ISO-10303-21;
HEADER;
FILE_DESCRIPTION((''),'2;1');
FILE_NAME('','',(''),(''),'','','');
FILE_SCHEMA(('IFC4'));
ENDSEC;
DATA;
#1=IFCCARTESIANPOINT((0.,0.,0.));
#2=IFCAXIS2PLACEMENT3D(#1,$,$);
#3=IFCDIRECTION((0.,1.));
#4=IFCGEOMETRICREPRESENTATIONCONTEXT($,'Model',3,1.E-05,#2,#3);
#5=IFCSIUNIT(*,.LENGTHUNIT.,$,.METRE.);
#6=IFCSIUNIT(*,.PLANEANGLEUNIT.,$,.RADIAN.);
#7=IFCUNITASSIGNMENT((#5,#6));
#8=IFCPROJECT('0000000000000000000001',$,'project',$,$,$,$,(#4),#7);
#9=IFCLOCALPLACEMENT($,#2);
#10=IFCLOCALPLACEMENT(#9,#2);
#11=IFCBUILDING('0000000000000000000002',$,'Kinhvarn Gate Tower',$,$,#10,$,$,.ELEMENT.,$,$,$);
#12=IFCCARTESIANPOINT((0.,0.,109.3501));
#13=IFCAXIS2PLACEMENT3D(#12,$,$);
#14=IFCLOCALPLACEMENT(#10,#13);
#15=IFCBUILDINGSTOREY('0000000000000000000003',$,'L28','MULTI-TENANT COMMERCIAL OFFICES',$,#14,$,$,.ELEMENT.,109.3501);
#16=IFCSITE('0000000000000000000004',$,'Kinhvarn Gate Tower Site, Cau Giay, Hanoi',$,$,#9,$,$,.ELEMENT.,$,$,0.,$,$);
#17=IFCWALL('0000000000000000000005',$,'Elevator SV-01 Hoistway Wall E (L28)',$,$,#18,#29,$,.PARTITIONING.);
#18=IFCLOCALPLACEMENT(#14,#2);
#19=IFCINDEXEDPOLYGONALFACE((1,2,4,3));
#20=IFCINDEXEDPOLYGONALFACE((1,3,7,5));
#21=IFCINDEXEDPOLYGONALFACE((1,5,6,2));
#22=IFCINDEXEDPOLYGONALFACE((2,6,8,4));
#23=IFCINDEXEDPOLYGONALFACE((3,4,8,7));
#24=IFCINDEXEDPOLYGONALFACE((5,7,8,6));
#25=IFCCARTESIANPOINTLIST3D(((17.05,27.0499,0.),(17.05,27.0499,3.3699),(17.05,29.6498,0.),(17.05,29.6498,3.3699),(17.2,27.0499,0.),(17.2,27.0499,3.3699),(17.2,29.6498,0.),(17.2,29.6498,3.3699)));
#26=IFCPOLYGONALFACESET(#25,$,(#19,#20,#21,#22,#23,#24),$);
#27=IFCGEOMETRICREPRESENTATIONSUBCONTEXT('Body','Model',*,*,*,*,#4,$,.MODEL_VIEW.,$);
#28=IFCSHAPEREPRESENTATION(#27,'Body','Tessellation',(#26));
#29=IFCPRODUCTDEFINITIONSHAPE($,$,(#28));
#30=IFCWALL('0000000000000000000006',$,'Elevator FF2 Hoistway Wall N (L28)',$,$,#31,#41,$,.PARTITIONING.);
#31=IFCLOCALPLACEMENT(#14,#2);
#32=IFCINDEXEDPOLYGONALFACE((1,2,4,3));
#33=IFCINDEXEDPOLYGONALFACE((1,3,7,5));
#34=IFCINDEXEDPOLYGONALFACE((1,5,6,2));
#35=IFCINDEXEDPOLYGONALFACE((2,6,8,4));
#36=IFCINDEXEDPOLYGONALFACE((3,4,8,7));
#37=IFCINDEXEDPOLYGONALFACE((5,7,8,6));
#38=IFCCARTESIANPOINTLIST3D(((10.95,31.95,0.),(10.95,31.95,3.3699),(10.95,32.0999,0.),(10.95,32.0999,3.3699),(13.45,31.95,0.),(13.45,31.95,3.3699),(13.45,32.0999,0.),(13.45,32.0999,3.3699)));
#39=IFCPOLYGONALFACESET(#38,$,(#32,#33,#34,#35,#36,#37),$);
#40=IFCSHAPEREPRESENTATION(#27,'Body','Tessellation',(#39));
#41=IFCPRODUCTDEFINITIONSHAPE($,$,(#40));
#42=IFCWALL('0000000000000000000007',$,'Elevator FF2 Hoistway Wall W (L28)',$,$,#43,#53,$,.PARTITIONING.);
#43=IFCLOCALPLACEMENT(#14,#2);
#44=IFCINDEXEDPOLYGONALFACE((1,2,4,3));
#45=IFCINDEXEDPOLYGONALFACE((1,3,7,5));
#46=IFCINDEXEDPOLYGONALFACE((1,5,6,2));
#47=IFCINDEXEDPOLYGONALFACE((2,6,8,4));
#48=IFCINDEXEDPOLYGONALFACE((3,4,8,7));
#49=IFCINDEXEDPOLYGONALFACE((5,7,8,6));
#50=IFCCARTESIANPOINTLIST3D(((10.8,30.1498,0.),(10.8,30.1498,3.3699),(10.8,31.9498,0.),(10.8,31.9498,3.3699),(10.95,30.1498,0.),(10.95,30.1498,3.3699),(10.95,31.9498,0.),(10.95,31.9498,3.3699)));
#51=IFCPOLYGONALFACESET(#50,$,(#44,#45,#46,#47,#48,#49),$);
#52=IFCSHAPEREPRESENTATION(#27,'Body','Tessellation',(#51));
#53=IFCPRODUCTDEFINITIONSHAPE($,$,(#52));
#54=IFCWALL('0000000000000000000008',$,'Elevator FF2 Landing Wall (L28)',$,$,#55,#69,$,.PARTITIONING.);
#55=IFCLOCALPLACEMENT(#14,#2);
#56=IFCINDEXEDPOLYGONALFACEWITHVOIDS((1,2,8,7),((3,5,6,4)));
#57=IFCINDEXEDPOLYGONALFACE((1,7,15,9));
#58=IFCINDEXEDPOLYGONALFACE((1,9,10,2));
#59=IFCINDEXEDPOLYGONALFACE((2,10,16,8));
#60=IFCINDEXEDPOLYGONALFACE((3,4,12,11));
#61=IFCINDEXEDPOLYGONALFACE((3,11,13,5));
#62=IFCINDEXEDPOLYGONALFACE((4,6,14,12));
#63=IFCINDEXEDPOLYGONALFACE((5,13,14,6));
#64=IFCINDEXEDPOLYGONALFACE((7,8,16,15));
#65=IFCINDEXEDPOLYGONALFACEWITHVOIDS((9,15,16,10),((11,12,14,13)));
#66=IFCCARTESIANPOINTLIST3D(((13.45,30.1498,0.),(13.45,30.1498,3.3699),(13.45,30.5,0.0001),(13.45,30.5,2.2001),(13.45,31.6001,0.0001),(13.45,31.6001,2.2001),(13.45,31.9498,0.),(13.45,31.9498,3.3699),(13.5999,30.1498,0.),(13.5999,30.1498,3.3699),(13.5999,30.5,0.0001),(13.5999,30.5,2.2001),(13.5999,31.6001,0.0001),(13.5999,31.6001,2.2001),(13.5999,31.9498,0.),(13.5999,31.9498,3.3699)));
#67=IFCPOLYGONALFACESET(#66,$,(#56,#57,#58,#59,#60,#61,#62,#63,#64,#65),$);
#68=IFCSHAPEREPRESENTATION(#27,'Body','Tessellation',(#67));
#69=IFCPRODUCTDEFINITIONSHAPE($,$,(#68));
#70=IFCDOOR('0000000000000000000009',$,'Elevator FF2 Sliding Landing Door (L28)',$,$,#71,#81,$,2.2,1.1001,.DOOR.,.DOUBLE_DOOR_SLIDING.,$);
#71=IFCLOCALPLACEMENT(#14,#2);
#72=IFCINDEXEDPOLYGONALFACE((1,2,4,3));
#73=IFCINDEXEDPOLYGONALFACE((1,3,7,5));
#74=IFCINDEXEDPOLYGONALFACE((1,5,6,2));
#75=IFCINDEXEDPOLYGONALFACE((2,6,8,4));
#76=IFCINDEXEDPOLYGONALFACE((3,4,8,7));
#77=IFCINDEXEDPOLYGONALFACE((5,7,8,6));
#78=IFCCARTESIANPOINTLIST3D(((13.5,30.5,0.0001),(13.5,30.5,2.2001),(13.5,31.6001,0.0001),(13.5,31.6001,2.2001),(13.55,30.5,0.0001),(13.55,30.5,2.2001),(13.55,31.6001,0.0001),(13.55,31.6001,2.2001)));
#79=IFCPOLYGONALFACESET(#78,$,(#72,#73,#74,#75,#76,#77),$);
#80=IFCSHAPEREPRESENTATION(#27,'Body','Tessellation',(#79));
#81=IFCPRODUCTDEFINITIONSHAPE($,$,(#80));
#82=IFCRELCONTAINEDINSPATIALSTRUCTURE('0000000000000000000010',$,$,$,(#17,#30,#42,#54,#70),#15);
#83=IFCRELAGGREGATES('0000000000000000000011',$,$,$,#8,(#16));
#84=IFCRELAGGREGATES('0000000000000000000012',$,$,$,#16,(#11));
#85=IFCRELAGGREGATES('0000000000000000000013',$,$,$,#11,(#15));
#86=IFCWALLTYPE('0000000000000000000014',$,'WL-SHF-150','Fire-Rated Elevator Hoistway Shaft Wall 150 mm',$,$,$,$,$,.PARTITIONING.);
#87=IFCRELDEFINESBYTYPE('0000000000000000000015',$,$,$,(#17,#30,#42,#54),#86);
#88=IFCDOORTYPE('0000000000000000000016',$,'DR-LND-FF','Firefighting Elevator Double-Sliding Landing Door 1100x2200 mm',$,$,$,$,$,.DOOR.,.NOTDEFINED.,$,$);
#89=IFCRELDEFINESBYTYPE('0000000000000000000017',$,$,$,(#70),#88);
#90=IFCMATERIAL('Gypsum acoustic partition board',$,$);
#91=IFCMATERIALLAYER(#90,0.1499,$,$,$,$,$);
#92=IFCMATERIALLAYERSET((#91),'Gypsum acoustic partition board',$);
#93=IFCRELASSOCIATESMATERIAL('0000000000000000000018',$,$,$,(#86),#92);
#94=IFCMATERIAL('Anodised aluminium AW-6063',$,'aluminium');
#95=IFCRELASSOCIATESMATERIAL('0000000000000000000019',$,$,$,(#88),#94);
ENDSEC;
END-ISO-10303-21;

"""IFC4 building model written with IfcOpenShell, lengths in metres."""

from ifc_helpers import new_model, si_unit, direction, frame, frame_2d, origin, place, context, subcontext, project, spatial, rectangle, extrude, material, layer, layer_set, type_object, element, fill, save


model = new_model("IFC4")

# Units and contexts
model_context = context("Model", 3, precision=1e-05, world=origin(), true_north=direction((0.0, 1.0)))
body_context = subcontext(model_context, "Body", "Model", "MODEL_VIEW")
ifc_project = project(units=[si_unit("LENGTHUNIT", "METRE"), si_unit("PLANEANGLEUNIT", "RADIAN")], contexts=[model_context])

# Site, building, storey
site_placement = place(None, origin())
site = spatial("IfcSite", under=ifc_project, at=site_placement, Name="Kinhvarn Gate Tower Site, Cau Giay, Hanoi", CompositionType="ELEMENT", RefElevation=0.0)
building_placement = place(site_placement, origin())
building = spatial("IfcBuilding", under=site, at=building_placement, Name="Kinhvarn Gate Tower", CompositionType="ELEMENT")
storey_placement = place(building_placement, frame((0.0, 0.0, 109.3501)))
storey = spatial("IfcBuildingStorey", under=building, at=storey_placement, Name="L28", Description="MULTI-TENANT COMMERCIAL OFFICES", CompositionType="ELEMENT", Elevation=109.3501)

# Shared definitions
ifc_material_1 = material(Name="Gypsum acoustic partition board")
ifc_material_2 = material(Name="Anodised aluminium AW-6063", Category="aluminium")

# Shared definitions
ifc_layer_1 = layer(ifc_material_1, 0.1499)
ifc_layer_set_1 = layer_set([ifc_layer_1], Name="Gypsum acoustic partition board")
wall_type_1 = type_object("IfcWallType", Name="WL-SHF-150", Description="Fire-Rated Elevator Hoistway Shaft Wall 150 mm", PredefinedType="PARTITIONING", material=ifc_layer_set_1)

# Walls
wall_1_placement = place(storey_placement, frame((17.125, 27.05, 0.0), z_axis=(0.0, 0.0, 1.0), x_axis=(0.0, 1.0, 0.0)))
element("IfcWall", 1, at=wall_1_placement, inside=storey, type_object=wall_type_1, Name="Elevator SV-01 Hoistway Wall E (L28)", PredefinedType="PARTITIONING", context=body_context, shape_type="SweptSolid", body=[
    extrude(rectangle(XDim=2.5999, YDim=0.1499, at=frame_2d((1.2998, 0.0))), origin(), (0.0, 0.0, 1.0), 3.3699),
])
wall_2_placement = place(storey_placement, frame((10.95, 32.0249, 0.0), z_axis=(0.0, 0.0, 1.0), x_axis=(1.0, 0.0, 0.0)))
element("IfcWall", 2, at=wall_2_placement, inside=storey, type_object=wall_type_1, Name="Elevator FF2 Hoistway Wall N (L28)", PredefinedType="PARTITIONING", context=body_context, shape_type="SweptSolid", body=[
    extrude(rectangle(XDim=2.5, YDim=0.1499, at=frame_2d((1.25, 0.0))), origin(), (0.0, 0.0, 1.0), 3.3699),
])
wall_3_placement = place(storey_placement, frame((10.875, 30.1499, 0.0), z_axis=(0.0, 0.0, 1.0), x_axis=(0.0, 1.0, 0.0)))
element("IfcWall", 3, at=wall_3_placement, inside=storey, type_object=wall_type_1, Name="Elevator FF2 Hoistway Wall W (L28)", PredefinedType="PARTITIONING", context=body_context, shape_type="SweptSolid", body=[
    extrude(rectangle(XDim=1.8, YDim=0.1499, at=frame_2d((0.8999, 0.0))), origin(), (0.0, 0.0, 1.0), 3.3699),
])

# Wall, opening, door
wall_4_placement = place(storey_placement, frame((13.5249, 30.1499, 0.0), z_axis=(0.0, 0.0, 1.0), x_axis=(0.0, 1.0, 0.0)))
wall_4 = element("IfcWall", 4, at=wall_4_placement, inside=storey, type_object=wall_type_1, Name="Elevator FF2 Landing Wall (L28)", PredefinedType="PARTITIONING", context=body_context, shape_type="SweptSolid", body=[
    extrude(rectangle(XDim=1.8, YDim=0.1499, at=frame_2d((0.8999, 0.0))), origin(), (0.0, 0.0, 1.0), 3.3699),
])
opening_1_placement = place(wall_4_placement, frame((0.3501, 0.0, 0.0)))
opening_1 = element("IfcOpeningElement", 5, at=opening_1_placement, cuts=wall_4, PredefinedType="OPENING", context=body_context, shape_type="SweptSolid", body=[
    extrude(rectangle(XDim=1.1001, YDim=2.2, at=frame_2d((0.55, 1.1001))), frame((0.0, 0.085, 0.0), z_axis=(0.0, -1.0, 0.0), x_axis=(1.0, 0.0, 0.0)), (0.0, 0.0, 1.0), 0.1699),
])
door_type_1 = type_object("IfcDoorType", Name="DR-LND-FF", Description="Firefighting Elevator Double-Sliding Landing Door 1100x2200 mm", OperationType="NOTDEFINED", PredefinedType="DOOR", material=ifc_material_2)
door_1_placement = place(opening_1_placement, origin())
door_1 = element("IfcDoor", 6, at=door_1_placement, inside=storey, type_object=door_type_1, Name="Elevator FF2 Sliding Landing Door (L28)", OperationType="DOUBLE_DOOR_SLIDING", OverallHeight=2.2, OverallWidth=1.1001, PredefinedType="DOOR", context=body_context, shape_type="SweptSolid", body=[
    extrude(rectangle(XDim=1.1001, YDim=2.2, at=frame_2d((0.55, 1.1001))), frame((0.0, 0.0249, 0.0), z_axis=(0.0, -1.0, 0.0), x_axis=(1.0, 0.0, 0.0)), (0.0, 0.0, 1.0), 0.05),
])
fill(opening_1, door_1)

save(model, "model.ifc")
